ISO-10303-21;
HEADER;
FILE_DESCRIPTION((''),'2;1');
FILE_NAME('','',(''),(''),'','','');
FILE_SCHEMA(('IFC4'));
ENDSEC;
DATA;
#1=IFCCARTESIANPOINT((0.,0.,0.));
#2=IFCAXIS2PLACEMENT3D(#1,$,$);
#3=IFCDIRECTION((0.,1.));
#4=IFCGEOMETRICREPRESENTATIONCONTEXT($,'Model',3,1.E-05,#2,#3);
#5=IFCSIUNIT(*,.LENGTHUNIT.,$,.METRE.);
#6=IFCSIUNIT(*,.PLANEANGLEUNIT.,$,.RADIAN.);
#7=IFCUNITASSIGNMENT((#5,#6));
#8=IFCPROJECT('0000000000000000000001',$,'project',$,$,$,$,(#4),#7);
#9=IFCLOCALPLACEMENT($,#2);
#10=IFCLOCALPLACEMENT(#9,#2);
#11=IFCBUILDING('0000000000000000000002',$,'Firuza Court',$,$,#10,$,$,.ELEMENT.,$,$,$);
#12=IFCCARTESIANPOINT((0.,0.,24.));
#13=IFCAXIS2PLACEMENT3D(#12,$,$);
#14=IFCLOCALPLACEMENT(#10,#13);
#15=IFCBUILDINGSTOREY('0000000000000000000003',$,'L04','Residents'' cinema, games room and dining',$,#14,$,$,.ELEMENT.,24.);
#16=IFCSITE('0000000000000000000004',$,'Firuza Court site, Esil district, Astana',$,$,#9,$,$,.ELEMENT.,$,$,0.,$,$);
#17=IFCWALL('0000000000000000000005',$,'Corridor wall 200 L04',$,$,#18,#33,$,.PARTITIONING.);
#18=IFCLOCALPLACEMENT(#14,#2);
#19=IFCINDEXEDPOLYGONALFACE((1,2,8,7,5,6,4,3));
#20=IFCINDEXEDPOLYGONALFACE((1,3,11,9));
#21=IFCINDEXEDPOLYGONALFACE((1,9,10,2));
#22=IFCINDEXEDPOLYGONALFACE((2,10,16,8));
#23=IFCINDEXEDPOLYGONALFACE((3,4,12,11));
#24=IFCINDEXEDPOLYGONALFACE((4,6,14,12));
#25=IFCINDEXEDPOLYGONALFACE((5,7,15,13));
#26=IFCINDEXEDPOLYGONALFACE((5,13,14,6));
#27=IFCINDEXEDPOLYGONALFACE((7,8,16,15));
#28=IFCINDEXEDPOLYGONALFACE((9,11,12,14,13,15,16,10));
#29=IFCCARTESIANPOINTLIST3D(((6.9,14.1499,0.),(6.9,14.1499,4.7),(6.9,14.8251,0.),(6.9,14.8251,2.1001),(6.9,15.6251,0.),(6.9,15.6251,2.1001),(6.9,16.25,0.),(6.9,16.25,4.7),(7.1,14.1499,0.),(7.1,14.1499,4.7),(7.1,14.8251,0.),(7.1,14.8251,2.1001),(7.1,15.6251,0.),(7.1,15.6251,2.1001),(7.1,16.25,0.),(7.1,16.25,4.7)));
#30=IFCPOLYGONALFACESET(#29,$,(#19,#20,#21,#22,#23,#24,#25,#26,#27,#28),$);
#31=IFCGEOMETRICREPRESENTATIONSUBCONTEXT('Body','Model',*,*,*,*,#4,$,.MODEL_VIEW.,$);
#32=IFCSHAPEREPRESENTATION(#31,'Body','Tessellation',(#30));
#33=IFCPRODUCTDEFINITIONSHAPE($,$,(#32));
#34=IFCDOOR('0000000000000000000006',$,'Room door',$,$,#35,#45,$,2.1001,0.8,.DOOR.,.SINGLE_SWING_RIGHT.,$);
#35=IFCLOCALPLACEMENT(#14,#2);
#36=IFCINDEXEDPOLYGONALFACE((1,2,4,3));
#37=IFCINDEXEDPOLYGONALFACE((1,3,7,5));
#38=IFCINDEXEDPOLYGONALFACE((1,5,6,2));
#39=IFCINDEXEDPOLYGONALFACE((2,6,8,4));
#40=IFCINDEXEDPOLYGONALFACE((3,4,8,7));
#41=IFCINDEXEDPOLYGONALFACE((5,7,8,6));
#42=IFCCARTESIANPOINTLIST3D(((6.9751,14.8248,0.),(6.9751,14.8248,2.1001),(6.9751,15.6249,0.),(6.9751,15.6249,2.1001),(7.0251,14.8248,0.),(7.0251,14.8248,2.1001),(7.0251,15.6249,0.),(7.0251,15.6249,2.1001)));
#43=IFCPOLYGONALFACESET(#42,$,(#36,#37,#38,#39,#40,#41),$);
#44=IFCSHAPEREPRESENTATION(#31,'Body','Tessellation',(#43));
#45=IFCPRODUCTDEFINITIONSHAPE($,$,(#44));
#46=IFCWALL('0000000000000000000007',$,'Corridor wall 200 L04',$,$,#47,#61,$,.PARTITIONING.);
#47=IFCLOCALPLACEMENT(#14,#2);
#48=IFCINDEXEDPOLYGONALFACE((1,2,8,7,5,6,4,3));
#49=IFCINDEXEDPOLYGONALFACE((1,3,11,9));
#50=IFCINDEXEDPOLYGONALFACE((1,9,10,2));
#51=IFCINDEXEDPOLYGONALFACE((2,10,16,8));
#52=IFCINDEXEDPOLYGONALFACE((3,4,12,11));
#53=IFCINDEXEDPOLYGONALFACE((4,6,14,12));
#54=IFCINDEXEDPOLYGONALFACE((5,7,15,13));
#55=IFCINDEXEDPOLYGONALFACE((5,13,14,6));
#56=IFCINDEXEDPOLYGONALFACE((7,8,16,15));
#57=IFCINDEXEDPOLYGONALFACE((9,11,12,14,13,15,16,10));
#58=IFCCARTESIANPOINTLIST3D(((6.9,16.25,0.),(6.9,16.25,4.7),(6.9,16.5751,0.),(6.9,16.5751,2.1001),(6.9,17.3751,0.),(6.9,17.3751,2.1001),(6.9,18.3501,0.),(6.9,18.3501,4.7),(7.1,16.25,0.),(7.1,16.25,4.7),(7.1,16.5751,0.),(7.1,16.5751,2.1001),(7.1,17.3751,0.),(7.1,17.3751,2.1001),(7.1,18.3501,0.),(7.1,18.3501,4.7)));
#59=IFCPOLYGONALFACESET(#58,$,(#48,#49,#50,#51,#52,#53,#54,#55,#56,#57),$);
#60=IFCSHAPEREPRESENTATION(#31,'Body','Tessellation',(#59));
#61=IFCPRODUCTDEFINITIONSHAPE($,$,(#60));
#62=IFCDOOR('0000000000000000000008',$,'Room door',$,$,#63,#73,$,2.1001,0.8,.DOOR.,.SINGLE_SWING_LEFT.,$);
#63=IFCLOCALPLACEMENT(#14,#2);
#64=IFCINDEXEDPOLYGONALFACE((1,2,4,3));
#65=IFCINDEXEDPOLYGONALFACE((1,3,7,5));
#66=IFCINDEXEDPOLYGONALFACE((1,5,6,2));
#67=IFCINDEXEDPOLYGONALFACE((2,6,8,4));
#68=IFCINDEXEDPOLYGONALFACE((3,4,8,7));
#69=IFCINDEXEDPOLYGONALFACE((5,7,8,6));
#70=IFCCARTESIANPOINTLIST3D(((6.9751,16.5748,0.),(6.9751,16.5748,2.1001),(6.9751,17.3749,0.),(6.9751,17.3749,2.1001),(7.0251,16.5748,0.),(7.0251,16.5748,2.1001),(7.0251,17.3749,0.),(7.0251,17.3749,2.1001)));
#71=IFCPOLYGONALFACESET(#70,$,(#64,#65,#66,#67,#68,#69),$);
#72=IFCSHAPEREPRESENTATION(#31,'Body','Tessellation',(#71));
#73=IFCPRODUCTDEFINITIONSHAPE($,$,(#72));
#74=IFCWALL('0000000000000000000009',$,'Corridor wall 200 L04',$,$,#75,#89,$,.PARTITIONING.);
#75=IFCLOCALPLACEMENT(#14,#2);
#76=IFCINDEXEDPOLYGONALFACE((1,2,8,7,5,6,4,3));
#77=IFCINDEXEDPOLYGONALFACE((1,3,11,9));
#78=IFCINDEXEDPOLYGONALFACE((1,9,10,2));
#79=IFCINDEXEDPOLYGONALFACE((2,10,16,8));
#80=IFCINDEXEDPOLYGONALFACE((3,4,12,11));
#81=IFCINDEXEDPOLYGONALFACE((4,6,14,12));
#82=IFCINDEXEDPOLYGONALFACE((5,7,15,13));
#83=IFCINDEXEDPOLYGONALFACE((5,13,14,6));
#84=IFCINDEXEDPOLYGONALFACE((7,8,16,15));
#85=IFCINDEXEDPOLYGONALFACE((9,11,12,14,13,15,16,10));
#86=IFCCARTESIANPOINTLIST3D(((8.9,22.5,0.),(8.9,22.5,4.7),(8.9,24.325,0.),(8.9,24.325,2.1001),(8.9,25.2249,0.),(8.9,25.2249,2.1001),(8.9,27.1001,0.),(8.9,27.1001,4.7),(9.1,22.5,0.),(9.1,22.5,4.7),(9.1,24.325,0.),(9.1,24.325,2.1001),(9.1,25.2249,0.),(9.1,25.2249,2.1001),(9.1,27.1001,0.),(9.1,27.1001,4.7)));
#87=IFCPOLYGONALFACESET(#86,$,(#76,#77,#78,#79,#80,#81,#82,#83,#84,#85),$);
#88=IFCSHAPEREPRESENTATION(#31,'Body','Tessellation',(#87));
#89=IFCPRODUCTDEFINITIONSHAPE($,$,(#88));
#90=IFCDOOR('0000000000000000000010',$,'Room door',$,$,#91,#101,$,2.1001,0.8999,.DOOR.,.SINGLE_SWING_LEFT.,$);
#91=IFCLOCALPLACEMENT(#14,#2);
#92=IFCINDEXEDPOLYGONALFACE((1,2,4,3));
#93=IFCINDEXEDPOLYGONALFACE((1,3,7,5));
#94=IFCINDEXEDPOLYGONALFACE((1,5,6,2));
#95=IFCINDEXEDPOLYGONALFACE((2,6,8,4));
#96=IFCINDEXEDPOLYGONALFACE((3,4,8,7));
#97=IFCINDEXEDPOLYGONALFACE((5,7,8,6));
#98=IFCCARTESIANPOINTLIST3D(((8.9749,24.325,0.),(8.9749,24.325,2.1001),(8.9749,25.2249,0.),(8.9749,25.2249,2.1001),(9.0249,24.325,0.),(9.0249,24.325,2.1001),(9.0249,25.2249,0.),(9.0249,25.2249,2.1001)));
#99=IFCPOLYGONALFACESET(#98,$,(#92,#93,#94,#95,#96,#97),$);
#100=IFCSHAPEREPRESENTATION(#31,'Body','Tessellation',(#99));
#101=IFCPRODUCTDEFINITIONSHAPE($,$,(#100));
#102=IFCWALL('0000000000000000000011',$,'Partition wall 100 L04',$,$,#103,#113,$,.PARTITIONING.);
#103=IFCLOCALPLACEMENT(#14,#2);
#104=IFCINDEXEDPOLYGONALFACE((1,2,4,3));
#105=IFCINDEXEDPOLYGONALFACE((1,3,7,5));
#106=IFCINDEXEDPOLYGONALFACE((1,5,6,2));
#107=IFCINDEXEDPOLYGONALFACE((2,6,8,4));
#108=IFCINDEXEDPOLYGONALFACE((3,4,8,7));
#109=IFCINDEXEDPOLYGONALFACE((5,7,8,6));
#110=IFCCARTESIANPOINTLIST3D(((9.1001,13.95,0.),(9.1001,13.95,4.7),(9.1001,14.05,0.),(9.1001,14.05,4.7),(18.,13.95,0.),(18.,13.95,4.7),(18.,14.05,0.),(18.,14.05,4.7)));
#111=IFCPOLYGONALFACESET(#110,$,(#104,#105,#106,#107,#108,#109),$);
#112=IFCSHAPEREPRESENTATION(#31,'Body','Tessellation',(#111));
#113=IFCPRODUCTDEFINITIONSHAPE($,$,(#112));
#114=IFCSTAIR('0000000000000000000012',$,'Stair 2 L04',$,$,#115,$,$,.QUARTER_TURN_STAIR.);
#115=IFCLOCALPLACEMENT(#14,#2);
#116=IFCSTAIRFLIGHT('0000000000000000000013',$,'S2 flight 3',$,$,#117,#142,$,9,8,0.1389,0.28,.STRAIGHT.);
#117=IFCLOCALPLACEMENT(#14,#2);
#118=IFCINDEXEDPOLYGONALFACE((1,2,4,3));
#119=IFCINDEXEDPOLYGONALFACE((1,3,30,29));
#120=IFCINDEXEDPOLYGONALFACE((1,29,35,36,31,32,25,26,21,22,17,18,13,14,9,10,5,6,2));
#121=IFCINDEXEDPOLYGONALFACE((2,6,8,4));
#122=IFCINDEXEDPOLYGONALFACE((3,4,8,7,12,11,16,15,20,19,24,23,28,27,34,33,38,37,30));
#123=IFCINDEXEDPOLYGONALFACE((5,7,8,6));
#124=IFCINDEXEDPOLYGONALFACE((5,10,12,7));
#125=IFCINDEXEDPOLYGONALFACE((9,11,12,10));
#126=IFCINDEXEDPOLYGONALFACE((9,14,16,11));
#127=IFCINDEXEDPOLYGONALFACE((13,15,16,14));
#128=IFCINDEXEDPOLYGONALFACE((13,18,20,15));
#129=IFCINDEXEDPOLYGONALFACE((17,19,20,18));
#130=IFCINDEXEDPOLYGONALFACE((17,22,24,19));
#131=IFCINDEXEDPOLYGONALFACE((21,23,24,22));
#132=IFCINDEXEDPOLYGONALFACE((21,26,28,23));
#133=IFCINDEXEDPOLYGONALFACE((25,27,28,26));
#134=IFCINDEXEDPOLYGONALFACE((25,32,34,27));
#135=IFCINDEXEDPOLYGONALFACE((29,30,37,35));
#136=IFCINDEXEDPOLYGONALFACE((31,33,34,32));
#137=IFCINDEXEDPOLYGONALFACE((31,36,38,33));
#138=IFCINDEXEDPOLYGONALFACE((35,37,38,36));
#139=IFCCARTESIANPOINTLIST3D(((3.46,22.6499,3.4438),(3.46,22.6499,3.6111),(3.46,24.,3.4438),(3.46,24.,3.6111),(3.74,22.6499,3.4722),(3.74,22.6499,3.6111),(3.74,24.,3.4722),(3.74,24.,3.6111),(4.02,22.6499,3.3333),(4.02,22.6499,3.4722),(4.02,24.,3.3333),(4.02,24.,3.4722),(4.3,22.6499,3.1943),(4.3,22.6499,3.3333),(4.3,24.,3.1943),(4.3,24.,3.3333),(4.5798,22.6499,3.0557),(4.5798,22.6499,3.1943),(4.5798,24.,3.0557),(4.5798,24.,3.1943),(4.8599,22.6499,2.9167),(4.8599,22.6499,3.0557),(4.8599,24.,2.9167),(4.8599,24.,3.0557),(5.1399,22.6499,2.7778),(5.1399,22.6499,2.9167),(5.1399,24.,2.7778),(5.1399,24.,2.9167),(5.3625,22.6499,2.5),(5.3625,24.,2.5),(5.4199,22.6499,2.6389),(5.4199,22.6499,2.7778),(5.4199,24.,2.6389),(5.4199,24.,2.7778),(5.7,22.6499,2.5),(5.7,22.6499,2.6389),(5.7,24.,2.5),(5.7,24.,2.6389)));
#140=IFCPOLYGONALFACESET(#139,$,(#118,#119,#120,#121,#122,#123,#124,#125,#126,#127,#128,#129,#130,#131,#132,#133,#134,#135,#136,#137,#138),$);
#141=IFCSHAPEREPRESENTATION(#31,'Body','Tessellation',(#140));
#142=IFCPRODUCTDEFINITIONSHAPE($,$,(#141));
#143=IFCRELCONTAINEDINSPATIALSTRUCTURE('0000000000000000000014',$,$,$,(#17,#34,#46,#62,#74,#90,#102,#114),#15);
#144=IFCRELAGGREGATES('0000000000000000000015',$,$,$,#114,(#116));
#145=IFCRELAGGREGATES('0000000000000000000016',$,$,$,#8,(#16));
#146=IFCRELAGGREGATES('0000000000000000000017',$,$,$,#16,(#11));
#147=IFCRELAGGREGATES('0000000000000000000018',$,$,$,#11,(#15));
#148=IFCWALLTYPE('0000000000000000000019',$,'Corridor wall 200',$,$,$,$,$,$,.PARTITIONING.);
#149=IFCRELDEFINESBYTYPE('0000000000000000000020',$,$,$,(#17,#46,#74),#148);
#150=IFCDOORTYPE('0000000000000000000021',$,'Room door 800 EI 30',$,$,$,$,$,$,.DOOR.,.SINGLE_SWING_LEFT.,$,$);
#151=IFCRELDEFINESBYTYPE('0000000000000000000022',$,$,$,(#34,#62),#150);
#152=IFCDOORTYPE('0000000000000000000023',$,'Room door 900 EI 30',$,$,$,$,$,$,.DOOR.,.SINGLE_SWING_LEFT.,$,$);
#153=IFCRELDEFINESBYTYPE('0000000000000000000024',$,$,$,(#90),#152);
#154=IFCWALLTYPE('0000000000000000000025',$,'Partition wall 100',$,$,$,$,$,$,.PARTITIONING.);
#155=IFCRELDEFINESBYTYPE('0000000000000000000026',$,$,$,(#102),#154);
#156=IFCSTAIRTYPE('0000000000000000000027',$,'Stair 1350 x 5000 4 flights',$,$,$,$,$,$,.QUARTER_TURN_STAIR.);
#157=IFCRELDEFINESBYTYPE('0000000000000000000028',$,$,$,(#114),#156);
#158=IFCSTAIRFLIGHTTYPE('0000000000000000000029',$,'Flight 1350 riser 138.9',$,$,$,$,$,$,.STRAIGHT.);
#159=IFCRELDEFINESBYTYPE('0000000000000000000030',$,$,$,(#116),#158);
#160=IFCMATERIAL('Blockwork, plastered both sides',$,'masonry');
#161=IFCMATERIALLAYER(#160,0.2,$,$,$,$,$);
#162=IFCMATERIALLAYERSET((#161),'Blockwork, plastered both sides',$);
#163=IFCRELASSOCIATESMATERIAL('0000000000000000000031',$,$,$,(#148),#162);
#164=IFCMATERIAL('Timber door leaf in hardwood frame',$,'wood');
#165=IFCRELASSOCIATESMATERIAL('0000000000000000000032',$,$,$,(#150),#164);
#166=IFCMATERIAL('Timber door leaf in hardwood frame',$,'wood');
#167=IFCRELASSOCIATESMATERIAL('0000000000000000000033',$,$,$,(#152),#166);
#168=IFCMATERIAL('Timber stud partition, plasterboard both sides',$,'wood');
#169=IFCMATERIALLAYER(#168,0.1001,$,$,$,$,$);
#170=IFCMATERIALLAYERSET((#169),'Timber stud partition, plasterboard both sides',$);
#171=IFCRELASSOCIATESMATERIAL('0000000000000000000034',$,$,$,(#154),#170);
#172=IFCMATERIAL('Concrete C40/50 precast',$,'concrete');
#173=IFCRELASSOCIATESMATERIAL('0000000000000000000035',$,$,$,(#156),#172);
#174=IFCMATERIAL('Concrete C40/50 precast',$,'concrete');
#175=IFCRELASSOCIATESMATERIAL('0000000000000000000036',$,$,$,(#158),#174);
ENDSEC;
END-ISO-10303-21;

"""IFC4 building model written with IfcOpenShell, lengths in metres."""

from ifc_helpers import new_model, si_unit, direction, frame, frame_2d, origin, place, context, subcontext, project, spatial, polyline, rectangle, outline, extrude, material, layer, layer_set, type_object, element, fill, aggregate, save


model = new_model("IFC4")

# Units and contexts
model_context = context("Model", 3, precision=1e-05, world=origin(), true_north=direction((0.0, 1.0)))
body_context = subcontext(model_context, "Body", "Model", "MODEL_VIEW")
ifc_project = project(units=[si_unit("LENGTHUNIT", "METRE"), si_unit("PLANEANGLEUNIT", "RADIAN")], contexts=[model_context])

# Site, building, storey
site_placement = place(None, origin())
site = spatial("IfcSite", under=ifc_project, at=site_placement, Name="Firuza Court site, Esil district, Astana", CompositionType="ELEMENT", RefElevation=0.0)
building_placement = place(site_placement, origin())
building = spatial("IfcBuilding", under=site, at=building_placement, Name="Firuza Court", CompositionType="ELEMENT")
storey_placement = place(building_placement, frame((0.0, 0.0, 24.0)))
storey = spatial("IfcBuildingStorey", under=building, at=storey_placement, Name="L04", Description="Residents' cinema, games room and dining", CompositionType="ELEMENT", Elevation=24.0)

# Walls, openings, doors
ifc_material_1 = material(Name="Blockwork, plastered both sides", Category="masonry")
ifc_layer_1 = layer(ifc_material_1, 0.2)
ifc_layer_set_1 = layer_set([ifc_layer_1], Name="Blockwork, plastered both sides")
wall_type_1 = type_object("IfcWallType", Name="Corridor wall 200", PredefinedType="PARTITIONING", material=ifc_layer_set_1)
wall_1_placement = place(storey_placement, frame((7.0, 16.25, 0.0), z_axis=(0.0, 0.0, 1.0), x_axis=(0.0, -1.0, 0.0)))
wall_1 = element("IfcWall", 1, at=wall_1_placement, inside=storey, type_object=wall_type_1, Name="Corridor wall 200 L04", PredefinedType="PARTITIONING", context=body_context, shape_type="SweptSolid", body=[
    extrude(rectangle(XDim=2.1001, YDim=0.2, at=frame_2d((1.05, 0.0))), origin(), (0.0, 0.0, 1.0), 4.7),
])
opening_1_placement = place(wall_1_placement, frame((0.625, 0.0, 0.0)))
opening_1 = element("IfcOpeningElement", 2, at=opening_1_placement, cuts=wall_1, PredefinedType="OPENING", context=body_context, shape_type="SweptSolid", body=[
    extrude(rectangle(XDim=0.8, YDim=2.1001, at=frame_2d((0.3999, 1.05))), frame((0.0, 0.1118, 0.0), z_axis=(0.0, -1.0, 0.0), x_axis=(1.0, 0.0, 0.0)), (0.0, 0.0, 1.0), 0.2239),
])
ifc_material_2 = material(Name="Timber door leaf in hardwood frame", Category="wood")
door_type_1 = type_object("IfcDoorType", Name="Room door 800 EI 30", OperationType="SINGLE_SWING_LEFT", PredefinedType="DOOR", material=ifc_material_2)
door_1_placement = place(opening_1_placement, frame((0.8, 0.0, 0.0), z_axis=(0.0, 0.0, 1.0), x_axis=(-1.0, 0.0, 0.0)))
door_1 = element("IfcDoor", 3, at=door_1_placement, inside=storey, type_object=door_type_1, Name="Room door", OperationType="SINGLE_SWING_RIGHT", OverallHeight=2.1001, OverallWidth=0.8, PredefinedType="DOOR", context=body_context, shape_type="SweptSolid", body=[
    extrude(rectangle(XDim=0.8, YDim=2.1001, at=frame_2d((0.3999, 1.05))), frame((0.0, 0.0249, 0.0), z_axis=(0.0, -1.0, 0.0), x_axis=(1.0, 0.0, 0.0)), (0.0, 0.0, 1.0), 0.05),
])
fill(opening_1, door_1)
wall_2_placement = place(storey_placement, frame((7.0, 18.3501, 0.0), z_axis=(0.0, 0.0, 1.0), x_axis=(0.0, -1.0, 0.0)))
wall_2 = element("IfcWall", 4, at=wall_2_placement, inside=storey, type_object=wall_type_1, Name="Corridor wall 200 L04", PredefinedType="PARTITIONING", context=body_context, shape_type="SweptSolid", body=[
    extrude(rectangle(XDim=2.1001, YDim=0.2, at=frame_2d((1.05, 0.0))), origin(), (0.0, 0.0, 1.0), 4.7),
])
opening_2_placement = place(wall_2_placement, frame((0.9751, 0.0, 0.0)))
opening_2 = element("IfcOpeningElement", 5, at=opening_2_placement, cuts=wall_2, PredefinedType="OPENING", context=body_context, shape_type="SweptSolid", body=[
    extrude(rectangle(XDim=0.8, YDim=2.1001, at=frame_2d((0.3999, 1.05))), frame((0.0, 0.1118, 0.0), z_axis=(0.0, -1.0, 0.0), x_axis=(1.0, 0.0, 0.0)), (0.0, 0.0, 1.0), 0.2239),
])
door_2_placement = place(opening_2_placement, frame((0.8, 0.0, 0.0), z_axis=(0.0, 0.0, 1.0), x_axis=(-1.0, 0.0, 0.0)))
door_2 = element("IfcDoor", 6, at=door_2_placement, inside=storey, type_object=door_type_1, Name="Room door", OperationType="SINGLE_SWING_LEFT", OverallHeight=2.1001, OverallWidth=0.8, PredefinedType="DOOR", context=body_context, shape_type="SweptSolid", body=[
    extrude(rectangle(XDim=0.8, YDim=2.1001, at=frame_2d((0.3999, 1.05))), frame((0.0, 0.0249, 0.0), z_axis=(0.0, -1.0, 0.0), x_axis=(1.0, 0.0, 0.0)), (0.0, 0.0, 1.0), 0.05),
])
fill(opening_2, door_2)
wall_3_placement = place(storey_placement, frame((9.0, 22.5, 0.0), z_axis=(0.0, 0.0, 1.0), x_axis=(0.0, 1.0, 0.0)))
wall_3 = element("IfcWall", 7, at=wall_3_placement, inside=storey, type_object=wall_type_1, Name="Corridor wall 200 L04", PredefinedType="PARTITIONING", context=body_context, shape_type="SweptSolid", body=[
    extrude(rectangle(XDim=4.6001, YDim=0.2, at=frame_2d((2.3, 0.0))), origin(), (0.0, 0.0, 1.0), 4.7),
])
opening_3_placement = place(wall_3_placement, frame((1.825, 0.0, 0.0)))
opening_3 = element("IfcOpeningElement", 8, at=opening_3_placement, cuts=wall_3, PredefinedType="OPENING", context=body_context, shape_type="SweptSolid", body=[
    extrude(rectangle(XDim=0.8999, YDim=2.1001, at=frame_2d((0.45, 1.05))), frame((0.0, 0.1118, 0.0), z_axis=(0.0, -1.0, 0.0), x_axis=(1.0, 0.0, 0.0)), (0.0, 0.0, 1.0), 0.2239),
])
ifc_material_3 = material(Name="Timber door leaf in hardwood frame", Category="wood")
door_type_2 = type_object("IfcDoorType", Name="Room door 900 EI 30", OperationType="SINGLE_SWING_LEFT", PredefinedType="DOOR", material=ifc_material_3)
door_3_placement = place(opening_3_placement, frame((0.8999, 0.0, 0.0), z_axis=(0.0, 0.0, 1.0), x_axis=(-1.0, 0.0, 0.0)))
door_3 = element("IfcDoor", 9, at=door_3_placement, inside=storey, type_object=door_type_2, Name="Room door", OperationType="SINGLE_SWING_LEFT", OverallHeight=2.1001, OverallWidth=0.8999, PredefinedType="DOOR", context=body_context, shape_type="SweptSolid", body=[
    extrude(rectangle(XDim=0.8999, YDim=2.1001, at=frame_2d((0.45, 1.05))), frame((0.0, 0.0249, 0.0), z_axis=(0.0, -1.0, 0.0), x_axis=(1.0, 0.0, 0.0)), (0.0, 0.0, 1.0), 0.05),
])
fill(opening_3, door_3)

# Wall
ifc_material_4 = material(Name="Timber stud partition, plasterboard both sides", Category="wood")
ifc_layer_2 = layer(ifc_material_4, 0.1001)
ifc_layer_set_2 = layer_set([ifc_layer_2], Name="Timber stud partition, plasterboard both sides")
wall_type_2 = type_object("IfcWallType", Name="Partition wall 100", PredefinedType="PARTITIONING", material=ifc_layer_set_2)
wall_4_placement = place(storey_placement, frame((18.0, 14.0, 0.0), z_axis=(0.0, 0.0, 1.0), x_axis=(-1.0, 0.0, 0.0)))
element("IfcWall", 10, at=wall_4_placement, inside=storey, type_object=wall_type_2, Name="Partition wall 100 L04", PredefinedType="PARTITIONING", context=body_context, shape_type="SweptSolid", body=[
    extrude(rectangle(XDim=8.8999, YDim=0.1001, at=frame_2d((4.45, 0.0))), origin(), (0.0, 0.0, 1.0), 4.7),
])

# Stair, stair flight
ifc_material_5 = material(Name="Concrete C40/50 precast", Category="concrete")
stair_type = type_object("IfcStairType", Name="Stair 1350 x 5000 4 flights", PredefinedType="QUARTER_TURN_STAIR", material=ifc_material_5)
stair_placement = place(storey_placement, origin())
stair = element("IfcStair", 11, at=stair_placement, inside=storey, type_object=stair_type, Name="Stair 2 L04", PredefinedType="QUARTER_TURN_STAIR")
ifc_material_6 = material(Name="Concrete C40/50 precast", Category="concrete")
stair_flight_type = type_object("IfcStairFlightType", Name="Flight 1350 riser 138.9", PredefinedType="STRAIGHT", material=ifc_material_6)
stair_flight_placement = place(storey_placement, frame((5.7, 23.325, 2.5), z_axis=(0.0, 0.0, 1.0), x_axis=(-1.0, 0.0, 0.0)))
stair_flight = element("IfcStairFlight", 12, at=stair_flight_placement, type_object=stair_flight_type, Name="S2 flight 3", NumberOfRisers=9, NumberOfTreads=8, PredefinedType="STRAIGHT", RiserHeight=0.1389, TreadLength=0.28, context=body_context, shape_type="SweptSolid", body=[
    extrude(outline(polyline([(0.0, 0.0), (0.0, 0.1389), (0.28, 0.1389), (0.28, 0.2778), (0.5601, 0.2778), (0.5601, 0.4167), (0.8401, 0.4167), (0.8401, 0.5557), (1.1201, 0.5557), (1.1201, 0.6943), (1.3999, 0.6943), (1.3999, 0.8333), (1.6799, 0.8333), (1.6799, 0.9722), (1.96, 0.9722), (1.96, 1.1111), (2.24, 1.1111), (2.24, 1.25), (2.24, 0.9438), (0.3374, 0.0), (0.0, 0.0)])), frame((0.0, 0.675, 0.0), z_axis=(0.0, -1.0, 0.0), x_axis=(1.0, 0.0, 0.0)), (0.0, 0.0, 1.0), 1.3501),
])
aggregate(stair, [stair_flight])

save(model, "model.ifc")
